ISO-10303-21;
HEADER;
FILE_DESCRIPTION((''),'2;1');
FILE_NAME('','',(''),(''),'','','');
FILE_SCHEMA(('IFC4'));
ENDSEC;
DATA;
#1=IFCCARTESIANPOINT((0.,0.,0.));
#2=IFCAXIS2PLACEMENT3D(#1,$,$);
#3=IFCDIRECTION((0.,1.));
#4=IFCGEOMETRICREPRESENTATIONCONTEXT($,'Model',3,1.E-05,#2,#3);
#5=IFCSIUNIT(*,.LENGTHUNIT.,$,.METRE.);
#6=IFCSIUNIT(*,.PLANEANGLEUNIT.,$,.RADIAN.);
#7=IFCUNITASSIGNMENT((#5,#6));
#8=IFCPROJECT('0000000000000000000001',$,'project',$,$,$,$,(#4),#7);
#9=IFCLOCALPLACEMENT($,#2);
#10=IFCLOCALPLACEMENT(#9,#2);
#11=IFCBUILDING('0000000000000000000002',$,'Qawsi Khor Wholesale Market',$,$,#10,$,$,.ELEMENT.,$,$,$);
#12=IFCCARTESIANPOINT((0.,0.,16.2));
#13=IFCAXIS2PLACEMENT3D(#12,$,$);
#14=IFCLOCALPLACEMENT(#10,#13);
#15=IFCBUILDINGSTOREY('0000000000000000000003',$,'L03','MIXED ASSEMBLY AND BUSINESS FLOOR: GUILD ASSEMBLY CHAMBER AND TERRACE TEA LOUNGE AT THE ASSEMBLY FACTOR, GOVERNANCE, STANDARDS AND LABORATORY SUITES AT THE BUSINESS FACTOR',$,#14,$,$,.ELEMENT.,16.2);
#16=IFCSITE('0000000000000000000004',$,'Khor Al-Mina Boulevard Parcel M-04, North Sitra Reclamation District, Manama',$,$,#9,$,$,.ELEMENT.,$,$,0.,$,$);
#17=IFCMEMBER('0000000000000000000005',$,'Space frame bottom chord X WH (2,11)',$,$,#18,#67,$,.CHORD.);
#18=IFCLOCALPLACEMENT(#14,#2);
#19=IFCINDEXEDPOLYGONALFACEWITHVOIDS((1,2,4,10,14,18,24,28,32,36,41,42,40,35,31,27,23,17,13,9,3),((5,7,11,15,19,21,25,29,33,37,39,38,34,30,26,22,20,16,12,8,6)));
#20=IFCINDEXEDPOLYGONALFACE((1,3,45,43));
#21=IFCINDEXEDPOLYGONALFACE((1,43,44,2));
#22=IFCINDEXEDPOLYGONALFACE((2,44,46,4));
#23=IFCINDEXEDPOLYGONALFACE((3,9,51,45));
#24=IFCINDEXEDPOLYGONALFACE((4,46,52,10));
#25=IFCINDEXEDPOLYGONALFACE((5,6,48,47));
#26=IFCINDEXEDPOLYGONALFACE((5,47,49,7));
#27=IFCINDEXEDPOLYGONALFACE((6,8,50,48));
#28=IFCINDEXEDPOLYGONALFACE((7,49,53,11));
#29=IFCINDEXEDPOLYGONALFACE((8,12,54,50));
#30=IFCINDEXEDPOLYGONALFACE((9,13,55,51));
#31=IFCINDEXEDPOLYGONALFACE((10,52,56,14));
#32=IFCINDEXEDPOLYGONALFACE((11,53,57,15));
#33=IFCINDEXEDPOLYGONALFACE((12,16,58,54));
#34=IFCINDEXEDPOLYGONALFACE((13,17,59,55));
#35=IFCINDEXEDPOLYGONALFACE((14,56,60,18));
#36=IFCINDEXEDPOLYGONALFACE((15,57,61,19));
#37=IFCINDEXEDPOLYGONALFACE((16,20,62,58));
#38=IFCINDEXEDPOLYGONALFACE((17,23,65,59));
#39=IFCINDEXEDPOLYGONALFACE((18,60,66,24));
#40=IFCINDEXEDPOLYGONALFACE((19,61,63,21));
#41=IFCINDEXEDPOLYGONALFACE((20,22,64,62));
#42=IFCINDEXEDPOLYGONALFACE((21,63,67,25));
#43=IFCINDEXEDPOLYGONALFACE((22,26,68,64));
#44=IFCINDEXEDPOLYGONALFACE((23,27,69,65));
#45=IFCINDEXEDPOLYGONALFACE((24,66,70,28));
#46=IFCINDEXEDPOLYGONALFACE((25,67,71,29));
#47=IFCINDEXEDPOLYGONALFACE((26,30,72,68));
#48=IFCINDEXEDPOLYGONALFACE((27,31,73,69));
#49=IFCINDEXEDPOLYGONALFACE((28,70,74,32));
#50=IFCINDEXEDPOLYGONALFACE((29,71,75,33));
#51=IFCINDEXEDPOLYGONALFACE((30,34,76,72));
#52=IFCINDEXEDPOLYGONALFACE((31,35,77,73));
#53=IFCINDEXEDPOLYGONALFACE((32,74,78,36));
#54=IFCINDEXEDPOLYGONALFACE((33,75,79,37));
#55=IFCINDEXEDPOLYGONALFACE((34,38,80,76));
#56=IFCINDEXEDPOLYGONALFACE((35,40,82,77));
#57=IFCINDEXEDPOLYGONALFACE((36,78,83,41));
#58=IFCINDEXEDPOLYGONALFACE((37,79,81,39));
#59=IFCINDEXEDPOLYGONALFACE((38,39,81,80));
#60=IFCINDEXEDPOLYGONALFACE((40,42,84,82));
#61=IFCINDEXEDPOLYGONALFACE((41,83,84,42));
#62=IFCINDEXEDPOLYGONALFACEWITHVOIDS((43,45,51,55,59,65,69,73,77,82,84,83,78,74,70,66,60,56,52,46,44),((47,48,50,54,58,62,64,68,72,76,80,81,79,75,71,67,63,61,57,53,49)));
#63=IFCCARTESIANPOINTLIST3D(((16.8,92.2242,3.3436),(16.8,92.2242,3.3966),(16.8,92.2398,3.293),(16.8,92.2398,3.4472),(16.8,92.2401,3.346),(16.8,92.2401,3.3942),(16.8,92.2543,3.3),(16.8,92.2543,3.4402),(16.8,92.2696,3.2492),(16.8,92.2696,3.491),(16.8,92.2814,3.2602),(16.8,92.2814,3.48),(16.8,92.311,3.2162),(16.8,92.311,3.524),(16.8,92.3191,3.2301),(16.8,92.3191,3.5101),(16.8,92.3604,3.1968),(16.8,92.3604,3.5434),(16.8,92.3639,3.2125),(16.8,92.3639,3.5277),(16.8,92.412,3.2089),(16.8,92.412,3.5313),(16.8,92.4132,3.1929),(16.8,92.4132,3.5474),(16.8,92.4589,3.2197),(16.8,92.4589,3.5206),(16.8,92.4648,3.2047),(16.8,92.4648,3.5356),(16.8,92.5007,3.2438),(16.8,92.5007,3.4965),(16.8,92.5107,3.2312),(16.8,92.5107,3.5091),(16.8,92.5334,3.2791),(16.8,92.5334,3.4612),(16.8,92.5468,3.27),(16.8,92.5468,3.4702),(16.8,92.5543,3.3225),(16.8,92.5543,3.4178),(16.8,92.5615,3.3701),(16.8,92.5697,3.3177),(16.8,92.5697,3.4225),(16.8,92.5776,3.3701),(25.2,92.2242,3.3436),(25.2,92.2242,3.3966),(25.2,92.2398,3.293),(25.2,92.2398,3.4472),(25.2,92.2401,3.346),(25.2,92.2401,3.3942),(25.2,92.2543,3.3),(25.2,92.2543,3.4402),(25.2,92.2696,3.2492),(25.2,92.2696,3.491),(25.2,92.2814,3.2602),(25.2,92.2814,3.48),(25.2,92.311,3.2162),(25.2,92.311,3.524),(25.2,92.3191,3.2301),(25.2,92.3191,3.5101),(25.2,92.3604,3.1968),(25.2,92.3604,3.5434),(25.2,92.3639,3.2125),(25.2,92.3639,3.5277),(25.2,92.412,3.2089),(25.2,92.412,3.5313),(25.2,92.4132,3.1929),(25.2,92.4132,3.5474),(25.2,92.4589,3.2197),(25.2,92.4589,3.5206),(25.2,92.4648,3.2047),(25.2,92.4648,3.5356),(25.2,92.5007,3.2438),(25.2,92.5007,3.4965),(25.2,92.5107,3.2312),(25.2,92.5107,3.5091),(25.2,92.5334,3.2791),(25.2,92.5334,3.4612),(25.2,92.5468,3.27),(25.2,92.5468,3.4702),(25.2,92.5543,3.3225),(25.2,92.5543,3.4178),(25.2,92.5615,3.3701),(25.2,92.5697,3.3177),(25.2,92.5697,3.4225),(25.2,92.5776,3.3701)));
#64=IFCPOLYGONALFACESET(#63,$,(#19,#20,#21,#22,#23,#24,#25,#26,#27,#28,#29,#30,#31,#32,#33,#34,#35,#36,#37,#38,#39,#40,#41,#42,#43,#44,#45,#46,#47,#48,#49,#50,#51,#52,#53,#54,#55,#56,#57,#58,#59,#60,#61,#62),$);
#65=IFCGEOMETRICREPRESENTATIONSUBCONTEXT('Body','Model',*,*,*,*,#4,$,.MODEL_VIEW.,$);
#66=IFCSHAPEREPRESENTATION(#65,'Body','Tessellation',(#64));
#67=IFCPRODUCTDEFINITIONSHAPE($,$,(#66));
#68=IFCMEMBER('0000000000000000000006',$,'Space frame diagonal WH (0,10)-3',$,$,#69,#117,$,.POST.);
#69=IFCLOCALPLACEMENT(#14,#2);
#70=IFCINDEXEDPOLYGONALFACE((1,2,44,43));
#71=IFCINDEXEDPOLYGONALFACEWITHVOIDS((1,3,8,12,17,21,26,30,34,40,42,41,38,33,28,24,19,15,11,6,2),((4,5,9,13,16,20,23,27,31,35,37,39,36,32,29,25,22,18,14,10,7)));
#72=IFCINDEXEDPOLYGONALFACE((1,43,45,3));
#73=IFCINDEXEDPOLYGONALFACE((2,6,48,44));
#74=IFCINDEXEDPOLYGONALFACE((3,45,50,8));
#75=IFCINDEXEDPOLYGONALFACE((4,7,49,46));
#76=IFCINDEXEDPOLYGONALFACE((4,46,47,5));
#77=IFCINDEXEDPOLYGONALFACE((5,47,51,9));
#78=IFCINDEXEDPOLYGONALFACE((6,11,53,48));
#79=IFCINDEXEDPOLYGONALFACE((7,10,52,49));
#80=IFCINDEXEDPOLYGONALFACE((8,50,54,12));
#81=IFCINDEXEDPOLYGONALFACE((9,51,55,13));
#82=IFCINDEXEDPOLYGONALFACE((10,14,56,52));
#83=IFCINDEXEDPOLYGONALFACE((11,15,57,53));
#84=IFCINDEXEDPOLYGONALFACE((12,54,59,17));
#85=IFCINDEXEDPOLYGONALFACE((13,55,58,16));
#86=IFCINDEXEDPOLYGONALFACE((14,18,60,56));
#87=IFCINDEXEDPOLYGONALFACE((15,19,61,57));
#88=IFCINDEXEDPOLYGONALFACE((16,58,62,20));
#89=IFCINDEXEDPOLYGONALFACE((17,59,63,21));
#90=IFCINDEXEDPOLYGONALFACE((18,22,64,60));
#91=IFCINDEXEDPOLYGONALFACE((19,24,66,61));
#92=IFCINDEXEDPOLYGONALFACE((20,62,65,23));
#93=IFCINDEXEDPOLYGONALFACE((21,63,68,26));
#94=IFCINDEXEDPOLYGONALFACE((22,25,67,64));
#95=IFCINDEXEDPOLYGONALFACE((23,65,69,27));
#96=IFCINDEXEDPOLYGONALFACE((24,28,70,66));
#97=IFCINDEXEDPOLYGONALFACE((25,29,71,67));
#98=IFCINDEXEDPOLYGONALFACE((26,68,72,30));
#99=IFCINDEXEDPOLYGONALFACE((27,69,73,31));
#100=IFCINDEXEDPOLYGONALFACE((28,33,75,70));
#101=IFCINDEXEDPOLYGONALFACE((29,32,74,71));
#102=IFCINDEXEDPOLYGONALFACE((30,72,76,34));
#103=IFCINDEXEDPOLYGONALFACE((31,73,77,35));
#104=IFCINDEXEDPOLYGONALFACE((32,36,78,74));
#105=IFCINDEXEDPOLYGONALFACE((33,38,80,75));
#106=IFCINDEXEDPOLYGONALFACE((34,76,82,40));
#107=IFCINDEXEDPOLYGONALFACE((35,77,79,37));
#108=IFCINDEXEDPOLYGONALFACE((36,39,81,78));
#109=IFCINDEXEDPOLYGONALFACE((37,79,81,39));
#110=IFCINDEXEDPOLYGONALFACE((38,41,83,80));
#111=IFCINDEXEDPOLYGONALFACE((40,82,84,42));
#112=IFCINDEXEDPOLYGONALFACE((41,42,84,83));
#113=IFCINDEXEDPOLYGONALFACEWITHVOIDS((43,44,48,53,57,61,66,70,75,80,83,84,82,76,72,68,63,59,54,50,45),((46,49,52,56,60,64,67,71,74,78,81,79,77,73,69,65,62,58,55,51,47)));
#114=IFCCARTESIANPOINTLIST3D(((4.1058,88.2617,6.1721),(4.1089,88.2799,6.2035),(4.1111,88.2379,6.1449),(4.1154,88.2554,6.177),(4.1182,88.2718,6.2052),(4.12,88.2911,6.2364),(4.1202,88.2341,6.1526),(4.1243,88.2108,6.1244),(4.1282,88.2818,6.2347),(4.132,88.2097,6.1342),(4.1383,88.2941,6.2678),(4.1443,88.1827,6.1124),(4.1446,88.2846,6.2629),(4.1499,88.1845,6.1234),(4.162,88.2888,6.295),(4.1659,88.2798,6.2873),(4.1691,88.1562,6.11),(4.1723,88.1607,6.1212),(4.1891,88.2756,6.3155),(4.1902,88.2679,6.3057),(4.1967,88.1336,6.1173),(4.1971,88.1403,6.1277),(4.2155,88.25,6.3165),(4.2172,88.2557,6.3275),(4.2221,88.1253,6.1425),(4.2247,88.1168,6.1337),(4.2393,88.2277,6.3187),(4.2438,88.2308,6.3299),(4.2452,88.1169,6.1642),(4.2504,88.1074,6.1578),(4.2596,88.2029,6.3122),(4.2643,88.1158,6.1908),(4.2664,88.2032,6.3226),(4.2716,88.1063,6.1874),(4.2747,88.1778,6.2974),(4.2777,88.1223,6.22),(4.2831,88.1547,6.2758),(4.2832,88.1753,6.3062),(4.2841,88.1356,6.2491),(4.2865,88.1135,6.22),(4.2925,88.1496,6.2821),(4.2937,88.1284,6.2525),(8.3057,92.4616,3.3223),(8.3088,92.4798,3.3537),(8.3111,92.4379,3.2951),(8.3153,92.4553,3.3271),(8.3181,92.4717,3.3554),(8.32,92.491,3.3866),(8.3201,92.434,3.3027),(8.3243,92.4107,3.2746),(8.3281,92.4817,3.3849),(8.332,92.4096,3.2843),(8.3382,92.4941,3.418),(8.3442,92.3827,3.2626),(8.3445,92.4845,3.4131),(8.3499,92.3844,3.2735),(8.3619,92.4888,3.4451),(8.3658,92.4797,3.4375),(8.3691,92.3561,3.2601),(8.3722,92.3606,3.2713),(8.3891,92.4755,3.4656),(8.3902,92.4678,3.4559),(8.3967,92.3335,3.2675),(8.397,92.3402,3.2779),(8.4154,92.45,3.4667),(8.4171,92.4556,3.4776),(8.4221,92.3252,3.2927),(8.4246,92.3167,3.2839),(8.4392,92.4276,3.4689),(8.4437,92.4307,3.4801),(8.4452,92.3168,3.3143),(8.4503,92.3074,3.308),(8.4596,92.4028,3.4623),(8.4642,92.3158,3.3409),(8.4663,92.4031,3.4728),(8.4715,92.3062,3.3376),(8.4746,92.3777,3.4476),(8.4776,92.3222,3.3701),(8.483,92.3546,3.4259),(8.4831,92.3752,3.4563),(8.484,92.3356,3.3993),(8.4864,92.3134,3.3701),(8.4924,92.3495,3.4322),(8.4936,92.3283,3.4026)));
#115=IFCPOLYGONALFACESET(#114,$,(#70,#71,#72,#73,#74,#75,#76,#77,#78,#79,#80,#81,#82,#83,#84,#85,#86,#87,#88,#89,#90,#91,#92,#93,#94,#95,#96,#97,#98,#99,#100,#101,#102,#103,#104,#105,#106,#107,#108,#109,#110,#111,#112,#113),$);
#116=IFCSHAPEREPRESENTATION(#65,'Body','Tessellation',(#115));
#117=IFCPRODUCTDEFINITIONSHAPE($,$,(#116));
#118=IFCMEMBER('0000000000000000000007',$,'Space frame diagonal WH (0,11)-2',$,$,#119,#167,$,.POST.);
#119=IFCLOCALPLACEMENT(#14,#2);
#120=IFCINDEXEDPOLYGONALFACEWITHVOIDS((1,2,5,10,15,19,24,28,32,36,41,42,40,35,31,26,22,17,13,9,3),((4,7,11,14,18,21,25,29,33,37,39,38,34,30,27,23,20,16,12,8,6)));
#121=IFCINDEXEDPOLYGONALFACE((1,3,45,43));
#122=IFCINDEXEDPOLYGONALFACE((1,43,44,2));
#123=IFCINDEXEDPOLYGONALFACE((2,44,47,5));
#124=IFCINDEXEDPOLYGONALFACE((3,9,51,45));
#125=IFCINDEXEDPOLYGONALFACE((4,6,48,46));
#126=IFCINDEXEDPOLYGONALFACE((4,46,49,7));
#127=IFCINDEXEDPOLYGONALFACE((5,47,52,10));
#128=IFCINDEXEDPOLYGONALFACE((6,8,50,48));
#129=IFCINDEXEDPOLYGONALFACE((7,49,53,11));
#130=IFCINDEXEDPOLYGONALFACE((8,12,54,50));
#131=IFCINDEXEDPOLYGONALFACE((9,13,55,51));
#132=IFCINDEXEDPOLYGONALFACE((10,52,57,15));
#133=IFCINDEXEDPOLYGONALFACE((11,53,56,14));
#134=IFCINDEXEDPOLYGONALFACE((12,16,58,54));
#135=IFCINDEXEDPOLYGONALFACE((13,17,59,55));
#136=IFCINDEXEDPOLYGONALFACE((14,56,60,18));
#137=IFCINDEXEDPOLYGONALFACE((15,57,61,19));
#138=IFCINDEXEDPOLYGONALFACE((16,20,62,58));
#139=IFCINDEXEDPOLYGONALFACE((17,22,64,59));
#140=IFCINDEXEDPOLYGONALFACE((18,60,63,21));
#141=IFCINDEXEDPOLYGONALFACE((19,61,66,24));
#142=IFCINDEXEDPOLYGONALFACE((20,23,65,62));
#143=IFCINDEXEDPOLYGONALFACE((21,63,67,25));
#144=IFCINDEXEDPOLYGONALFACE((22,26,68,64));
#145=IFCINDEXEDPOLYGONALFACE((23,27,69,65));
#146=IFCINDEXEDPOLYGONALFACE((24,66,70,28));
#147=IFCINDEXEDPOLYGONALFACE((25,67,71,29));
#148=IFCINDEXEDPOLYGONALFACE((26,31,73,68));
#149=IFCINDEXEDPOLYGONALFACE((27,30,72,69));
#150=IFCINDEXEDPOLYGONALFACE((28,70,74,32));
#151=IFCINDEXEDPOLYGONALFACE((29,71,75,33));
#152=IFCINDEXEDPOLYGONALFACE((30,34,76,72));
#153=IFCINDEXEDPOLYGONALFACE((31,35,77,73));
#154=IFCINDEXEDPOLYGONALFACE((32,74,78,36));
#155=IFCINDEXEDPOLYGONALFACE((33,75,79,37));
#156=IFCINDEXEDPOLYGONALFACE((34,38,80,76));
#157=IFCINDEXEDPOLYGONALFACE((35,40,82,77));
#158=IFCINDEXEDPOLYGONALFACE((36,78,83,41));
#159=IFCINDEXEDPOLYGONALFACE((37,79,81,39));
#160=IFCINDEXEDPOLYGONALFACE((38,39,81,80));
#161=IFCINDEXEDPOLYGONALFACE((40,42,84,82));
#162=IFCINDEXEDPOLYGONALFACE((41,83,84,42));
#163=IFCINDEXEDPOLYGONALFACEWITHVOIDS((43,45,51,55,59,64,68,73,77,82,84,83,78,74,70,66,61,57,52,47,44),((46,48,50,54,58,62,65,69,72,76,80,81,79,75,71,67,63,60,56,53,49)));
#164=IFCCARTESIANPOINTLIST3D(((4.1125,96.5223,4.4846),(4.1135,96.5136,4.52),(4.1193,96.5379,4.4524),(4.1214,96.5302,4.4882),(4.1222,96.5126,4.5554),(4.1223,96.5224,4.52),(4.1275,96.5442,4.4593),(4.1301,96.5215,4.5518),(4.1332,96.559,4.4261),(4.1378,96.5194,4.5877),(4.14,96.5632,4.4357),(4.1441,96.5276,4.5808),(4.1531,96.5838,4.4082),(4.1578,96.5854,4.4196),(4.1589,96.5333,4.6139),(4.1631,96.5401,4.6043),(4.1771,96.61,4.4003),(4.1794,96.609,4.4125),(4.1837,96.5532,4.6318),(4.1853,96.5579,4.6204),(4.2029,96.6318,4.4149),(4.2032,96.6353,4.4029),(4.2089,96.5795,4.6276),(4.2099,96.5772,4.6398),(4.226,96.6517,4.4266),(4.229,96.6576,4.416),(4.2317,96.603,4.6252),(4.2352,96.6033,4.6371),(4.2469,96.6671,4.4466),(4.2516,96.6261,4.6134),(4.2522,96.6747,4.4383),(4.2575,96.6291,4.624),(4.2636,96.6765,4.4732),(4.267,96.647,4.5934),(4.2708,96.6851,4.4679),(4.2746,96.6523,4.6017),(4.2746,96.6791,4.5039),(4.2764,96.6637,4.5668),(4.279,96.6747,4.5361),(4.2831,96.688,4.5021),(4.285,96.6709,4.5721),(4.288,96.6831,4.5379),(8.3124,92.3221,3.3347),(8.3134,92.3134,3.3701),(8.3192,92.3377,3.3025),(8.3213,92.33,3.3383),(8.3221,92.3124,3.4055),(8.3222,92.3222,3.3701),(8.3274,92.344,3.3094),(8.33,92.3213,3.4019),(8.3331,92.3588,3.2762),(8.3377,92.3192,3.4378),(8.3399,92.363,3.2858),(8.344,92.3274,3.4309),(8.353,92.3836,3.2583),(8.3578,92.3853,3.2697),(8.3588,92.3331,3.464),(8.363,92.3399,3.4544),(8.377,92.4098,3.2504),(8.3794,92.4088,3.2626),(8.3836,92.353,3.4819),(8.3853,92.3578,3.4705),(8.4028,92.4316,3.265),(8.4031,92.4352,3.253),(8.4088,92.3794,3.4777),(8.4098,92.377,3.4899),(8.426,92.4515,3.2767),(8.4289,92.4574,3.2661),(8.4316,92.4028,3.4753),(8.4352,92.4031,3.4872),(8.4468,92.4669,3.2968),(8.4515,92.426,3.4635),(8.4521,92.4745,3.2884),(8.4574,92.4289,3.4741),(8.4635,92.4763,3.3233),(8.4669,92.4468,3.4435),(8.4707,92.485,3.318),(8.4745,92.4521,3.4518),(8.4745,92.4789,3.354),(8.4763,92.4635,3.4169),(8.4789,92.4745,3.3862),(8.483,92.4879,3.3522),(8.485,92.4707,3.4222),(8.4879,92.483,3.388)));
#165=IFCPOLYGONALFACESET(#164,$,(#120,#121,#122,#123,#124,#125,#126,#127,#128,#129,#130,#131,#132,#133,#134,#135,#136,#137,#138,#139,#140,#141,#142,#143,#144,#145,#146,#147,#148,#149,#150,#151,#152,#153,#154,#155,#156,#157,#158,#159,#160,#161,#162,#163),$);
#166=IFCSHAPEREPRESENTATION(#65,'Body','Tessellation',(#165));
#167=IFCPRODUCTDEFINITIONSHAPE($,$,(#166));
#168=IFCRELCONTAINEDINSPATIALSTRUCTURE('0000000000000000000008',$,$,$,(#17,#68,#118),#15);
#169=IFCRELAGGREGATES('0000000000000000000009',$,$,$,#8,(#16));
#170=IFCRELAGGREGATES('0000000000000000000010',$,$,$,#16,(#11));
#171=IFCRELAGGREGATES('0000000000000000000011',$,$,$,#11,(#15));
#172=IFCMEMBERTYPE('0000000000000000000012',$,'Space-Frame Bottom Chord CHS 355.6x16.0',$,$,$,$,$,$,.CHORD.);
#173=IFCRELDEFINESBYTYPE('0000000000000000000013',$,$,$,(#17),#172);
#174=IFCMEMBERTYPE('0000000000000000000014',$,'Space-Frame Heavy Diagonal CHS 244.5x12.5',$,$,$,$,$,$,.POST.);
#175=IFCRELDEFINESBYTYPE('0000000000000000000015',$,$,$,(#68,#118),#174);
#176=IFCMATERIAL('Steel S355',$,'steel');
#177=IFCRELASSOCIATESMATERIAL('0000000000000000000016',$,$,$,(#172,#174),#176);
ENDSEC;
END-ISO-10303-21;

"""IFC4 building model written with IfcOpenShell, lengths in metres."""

from ifc_helpers import new_model, si_unit, direction, frame, origin, origin_2d, place, context, subcontext, project, spatial, hollow_circle, extrude, material, material_profile, profile_set, type_object, element, save


model = new_model("IFC4")

# Units and contexts
model_context = context("Model", 3, precision=1e-05, world=origin(), true_north=direction((0.0, 1.0)))
body_context = subcontext(model_context, "Body", "Model", "MODEL_VIEW")
ifc_project = project(units=[si_unit("LENGTHUNIT", "METRE"), si_unit("PLANEANGLEUNIT", "RADIAN")], contexts=[model_context])

# Site, building, storey
site_placement = place(None, origin())
site = spatial("IfcSite", under=ifc_project, at=site_placement, Name="Khor Al-Mina Boulevard Parcel M-04, North Sitra Reclamation District, Manama", CompositionType="ELEMENT", RefElevation=0.0)
building_placement = place(site_placement, origin())
building = spatial("IfcBuilding", under=site, at=building_placement, Name="Qawsi Khor Wholesale Market", CompositionType="ELEMENT")
storey_placement = place(building_placement, frame((0.0, 0.0, 16.2)))
storey = spatial("IfcBuildingStorey", under=building, at=storey_placement, Name="L03", Description="MIXED ASSEMBLY AND BUSINESS FLOOR: GUILD ASSEMBLY CHAMBER AND TERRACE TEA LOUNGE AT THE ASSEMBLY FACTOR, GOVERNANCE, STANDARDS AND LABORATORY SUITES AT THE BUSINESS FACTOR", CompositionType="ELEMENT", Elevation=16.2)

# Members
ifc_material_1 = material(Name="Steel S355", Category="steel")
ifc_material_profile_1 = material_profile(ifc_material_1, hollow_circle(Radius=0.1777, WallThickness=0.0161, at=origin_2d()), Name="CHS 355.6x16.0")
ifc_profile_set_1 = profile_set([ifc_material_profile_1], Name="Steel S355")
member_type_1 = type_object("IfcMemberType", Name="Space-Frame Bottom Chord CHS 355.6x16.0", PredefinedType="CHORD", material=ifc_profile_set_1)
member_1_placement = place(storey_placement, frame((16.8, 92.3999, 3.3701), z_axis=(1.0, 0.0, 0.0), x_axis=(0.0, 1.0, 0.0)))
element("IfcMember", 1, at=member_1_placement, inside=storey, type_object=member_type_1, Name="Space frame bottom chord X WH (2,11)", PredefinedType="CHORD", context=body_context, shape_type="SweptSolid", body=[
    extrude(hollow_circle(Radius=0.1777, WallThickness=0.0161, at=origin_2d()), origin(), (0.0, 0.0, 1.0), 8.3999),
])
ifc_material_profile_2 = material_profile(ifc_material_1, hollow_circle(Radius=0.1223, WallThickness=0.0125, at=origin_2d()), Name="CHS 244.5x12.5")
ifc_profile_set_2 = profile_set([ifc_material_profile_2], Name="Steel S355")
member_type_2 = type_object("IfcMemberType", Name="Space-Frame Heavy Diagonal CHS 244.5x12.5", PredefinedType="POST", material=ifc_profile_set_2)
member_2_placement = place(storey_placement, frame((8.3999, 92.3999, 3.3701), z_axis=(-0.637522, -0.637522, 0.432587), x_axis=(0.707107, -0.707107, 0.0)))
element("IfcMember", 2, at=member_2_placement, inside=storey, type_object=member_type_2, Name="Space frame diagonal WH (0,10)-3", PredefinedType="POST", context=body_context, shape_type="SweptSolid", body=[
    extrude(hollow_circle(Radius=0.1223, WallThickness=0.0125, at=origin_2d()), origin(), (0.0, 0.0, 1.0), 6.5879),
])
member_3_placement = place(storey_placement, frame((8.3999, 92.3999, 3.3701), z_axis=(-0.694197, 0.694238, 0.190064), x_axis=(-0.707127, -0.707086, 0.0)))
element("IfcMember", 3, at=member_3_placement, inside=storey, type_object=member_type_2, Name="Space frame diagonal WH (0,11)-2", PredefinedType="POST", context=body_context, shape_type="SweptSolid", body=[
    extrude(hollow_circle(Radius=0.1223, WallThickness=0.0125, at=origin_2d()), origin(), (0.0, 0.0, 1.0), 6.05),
])

save(model, "model.ifc")
